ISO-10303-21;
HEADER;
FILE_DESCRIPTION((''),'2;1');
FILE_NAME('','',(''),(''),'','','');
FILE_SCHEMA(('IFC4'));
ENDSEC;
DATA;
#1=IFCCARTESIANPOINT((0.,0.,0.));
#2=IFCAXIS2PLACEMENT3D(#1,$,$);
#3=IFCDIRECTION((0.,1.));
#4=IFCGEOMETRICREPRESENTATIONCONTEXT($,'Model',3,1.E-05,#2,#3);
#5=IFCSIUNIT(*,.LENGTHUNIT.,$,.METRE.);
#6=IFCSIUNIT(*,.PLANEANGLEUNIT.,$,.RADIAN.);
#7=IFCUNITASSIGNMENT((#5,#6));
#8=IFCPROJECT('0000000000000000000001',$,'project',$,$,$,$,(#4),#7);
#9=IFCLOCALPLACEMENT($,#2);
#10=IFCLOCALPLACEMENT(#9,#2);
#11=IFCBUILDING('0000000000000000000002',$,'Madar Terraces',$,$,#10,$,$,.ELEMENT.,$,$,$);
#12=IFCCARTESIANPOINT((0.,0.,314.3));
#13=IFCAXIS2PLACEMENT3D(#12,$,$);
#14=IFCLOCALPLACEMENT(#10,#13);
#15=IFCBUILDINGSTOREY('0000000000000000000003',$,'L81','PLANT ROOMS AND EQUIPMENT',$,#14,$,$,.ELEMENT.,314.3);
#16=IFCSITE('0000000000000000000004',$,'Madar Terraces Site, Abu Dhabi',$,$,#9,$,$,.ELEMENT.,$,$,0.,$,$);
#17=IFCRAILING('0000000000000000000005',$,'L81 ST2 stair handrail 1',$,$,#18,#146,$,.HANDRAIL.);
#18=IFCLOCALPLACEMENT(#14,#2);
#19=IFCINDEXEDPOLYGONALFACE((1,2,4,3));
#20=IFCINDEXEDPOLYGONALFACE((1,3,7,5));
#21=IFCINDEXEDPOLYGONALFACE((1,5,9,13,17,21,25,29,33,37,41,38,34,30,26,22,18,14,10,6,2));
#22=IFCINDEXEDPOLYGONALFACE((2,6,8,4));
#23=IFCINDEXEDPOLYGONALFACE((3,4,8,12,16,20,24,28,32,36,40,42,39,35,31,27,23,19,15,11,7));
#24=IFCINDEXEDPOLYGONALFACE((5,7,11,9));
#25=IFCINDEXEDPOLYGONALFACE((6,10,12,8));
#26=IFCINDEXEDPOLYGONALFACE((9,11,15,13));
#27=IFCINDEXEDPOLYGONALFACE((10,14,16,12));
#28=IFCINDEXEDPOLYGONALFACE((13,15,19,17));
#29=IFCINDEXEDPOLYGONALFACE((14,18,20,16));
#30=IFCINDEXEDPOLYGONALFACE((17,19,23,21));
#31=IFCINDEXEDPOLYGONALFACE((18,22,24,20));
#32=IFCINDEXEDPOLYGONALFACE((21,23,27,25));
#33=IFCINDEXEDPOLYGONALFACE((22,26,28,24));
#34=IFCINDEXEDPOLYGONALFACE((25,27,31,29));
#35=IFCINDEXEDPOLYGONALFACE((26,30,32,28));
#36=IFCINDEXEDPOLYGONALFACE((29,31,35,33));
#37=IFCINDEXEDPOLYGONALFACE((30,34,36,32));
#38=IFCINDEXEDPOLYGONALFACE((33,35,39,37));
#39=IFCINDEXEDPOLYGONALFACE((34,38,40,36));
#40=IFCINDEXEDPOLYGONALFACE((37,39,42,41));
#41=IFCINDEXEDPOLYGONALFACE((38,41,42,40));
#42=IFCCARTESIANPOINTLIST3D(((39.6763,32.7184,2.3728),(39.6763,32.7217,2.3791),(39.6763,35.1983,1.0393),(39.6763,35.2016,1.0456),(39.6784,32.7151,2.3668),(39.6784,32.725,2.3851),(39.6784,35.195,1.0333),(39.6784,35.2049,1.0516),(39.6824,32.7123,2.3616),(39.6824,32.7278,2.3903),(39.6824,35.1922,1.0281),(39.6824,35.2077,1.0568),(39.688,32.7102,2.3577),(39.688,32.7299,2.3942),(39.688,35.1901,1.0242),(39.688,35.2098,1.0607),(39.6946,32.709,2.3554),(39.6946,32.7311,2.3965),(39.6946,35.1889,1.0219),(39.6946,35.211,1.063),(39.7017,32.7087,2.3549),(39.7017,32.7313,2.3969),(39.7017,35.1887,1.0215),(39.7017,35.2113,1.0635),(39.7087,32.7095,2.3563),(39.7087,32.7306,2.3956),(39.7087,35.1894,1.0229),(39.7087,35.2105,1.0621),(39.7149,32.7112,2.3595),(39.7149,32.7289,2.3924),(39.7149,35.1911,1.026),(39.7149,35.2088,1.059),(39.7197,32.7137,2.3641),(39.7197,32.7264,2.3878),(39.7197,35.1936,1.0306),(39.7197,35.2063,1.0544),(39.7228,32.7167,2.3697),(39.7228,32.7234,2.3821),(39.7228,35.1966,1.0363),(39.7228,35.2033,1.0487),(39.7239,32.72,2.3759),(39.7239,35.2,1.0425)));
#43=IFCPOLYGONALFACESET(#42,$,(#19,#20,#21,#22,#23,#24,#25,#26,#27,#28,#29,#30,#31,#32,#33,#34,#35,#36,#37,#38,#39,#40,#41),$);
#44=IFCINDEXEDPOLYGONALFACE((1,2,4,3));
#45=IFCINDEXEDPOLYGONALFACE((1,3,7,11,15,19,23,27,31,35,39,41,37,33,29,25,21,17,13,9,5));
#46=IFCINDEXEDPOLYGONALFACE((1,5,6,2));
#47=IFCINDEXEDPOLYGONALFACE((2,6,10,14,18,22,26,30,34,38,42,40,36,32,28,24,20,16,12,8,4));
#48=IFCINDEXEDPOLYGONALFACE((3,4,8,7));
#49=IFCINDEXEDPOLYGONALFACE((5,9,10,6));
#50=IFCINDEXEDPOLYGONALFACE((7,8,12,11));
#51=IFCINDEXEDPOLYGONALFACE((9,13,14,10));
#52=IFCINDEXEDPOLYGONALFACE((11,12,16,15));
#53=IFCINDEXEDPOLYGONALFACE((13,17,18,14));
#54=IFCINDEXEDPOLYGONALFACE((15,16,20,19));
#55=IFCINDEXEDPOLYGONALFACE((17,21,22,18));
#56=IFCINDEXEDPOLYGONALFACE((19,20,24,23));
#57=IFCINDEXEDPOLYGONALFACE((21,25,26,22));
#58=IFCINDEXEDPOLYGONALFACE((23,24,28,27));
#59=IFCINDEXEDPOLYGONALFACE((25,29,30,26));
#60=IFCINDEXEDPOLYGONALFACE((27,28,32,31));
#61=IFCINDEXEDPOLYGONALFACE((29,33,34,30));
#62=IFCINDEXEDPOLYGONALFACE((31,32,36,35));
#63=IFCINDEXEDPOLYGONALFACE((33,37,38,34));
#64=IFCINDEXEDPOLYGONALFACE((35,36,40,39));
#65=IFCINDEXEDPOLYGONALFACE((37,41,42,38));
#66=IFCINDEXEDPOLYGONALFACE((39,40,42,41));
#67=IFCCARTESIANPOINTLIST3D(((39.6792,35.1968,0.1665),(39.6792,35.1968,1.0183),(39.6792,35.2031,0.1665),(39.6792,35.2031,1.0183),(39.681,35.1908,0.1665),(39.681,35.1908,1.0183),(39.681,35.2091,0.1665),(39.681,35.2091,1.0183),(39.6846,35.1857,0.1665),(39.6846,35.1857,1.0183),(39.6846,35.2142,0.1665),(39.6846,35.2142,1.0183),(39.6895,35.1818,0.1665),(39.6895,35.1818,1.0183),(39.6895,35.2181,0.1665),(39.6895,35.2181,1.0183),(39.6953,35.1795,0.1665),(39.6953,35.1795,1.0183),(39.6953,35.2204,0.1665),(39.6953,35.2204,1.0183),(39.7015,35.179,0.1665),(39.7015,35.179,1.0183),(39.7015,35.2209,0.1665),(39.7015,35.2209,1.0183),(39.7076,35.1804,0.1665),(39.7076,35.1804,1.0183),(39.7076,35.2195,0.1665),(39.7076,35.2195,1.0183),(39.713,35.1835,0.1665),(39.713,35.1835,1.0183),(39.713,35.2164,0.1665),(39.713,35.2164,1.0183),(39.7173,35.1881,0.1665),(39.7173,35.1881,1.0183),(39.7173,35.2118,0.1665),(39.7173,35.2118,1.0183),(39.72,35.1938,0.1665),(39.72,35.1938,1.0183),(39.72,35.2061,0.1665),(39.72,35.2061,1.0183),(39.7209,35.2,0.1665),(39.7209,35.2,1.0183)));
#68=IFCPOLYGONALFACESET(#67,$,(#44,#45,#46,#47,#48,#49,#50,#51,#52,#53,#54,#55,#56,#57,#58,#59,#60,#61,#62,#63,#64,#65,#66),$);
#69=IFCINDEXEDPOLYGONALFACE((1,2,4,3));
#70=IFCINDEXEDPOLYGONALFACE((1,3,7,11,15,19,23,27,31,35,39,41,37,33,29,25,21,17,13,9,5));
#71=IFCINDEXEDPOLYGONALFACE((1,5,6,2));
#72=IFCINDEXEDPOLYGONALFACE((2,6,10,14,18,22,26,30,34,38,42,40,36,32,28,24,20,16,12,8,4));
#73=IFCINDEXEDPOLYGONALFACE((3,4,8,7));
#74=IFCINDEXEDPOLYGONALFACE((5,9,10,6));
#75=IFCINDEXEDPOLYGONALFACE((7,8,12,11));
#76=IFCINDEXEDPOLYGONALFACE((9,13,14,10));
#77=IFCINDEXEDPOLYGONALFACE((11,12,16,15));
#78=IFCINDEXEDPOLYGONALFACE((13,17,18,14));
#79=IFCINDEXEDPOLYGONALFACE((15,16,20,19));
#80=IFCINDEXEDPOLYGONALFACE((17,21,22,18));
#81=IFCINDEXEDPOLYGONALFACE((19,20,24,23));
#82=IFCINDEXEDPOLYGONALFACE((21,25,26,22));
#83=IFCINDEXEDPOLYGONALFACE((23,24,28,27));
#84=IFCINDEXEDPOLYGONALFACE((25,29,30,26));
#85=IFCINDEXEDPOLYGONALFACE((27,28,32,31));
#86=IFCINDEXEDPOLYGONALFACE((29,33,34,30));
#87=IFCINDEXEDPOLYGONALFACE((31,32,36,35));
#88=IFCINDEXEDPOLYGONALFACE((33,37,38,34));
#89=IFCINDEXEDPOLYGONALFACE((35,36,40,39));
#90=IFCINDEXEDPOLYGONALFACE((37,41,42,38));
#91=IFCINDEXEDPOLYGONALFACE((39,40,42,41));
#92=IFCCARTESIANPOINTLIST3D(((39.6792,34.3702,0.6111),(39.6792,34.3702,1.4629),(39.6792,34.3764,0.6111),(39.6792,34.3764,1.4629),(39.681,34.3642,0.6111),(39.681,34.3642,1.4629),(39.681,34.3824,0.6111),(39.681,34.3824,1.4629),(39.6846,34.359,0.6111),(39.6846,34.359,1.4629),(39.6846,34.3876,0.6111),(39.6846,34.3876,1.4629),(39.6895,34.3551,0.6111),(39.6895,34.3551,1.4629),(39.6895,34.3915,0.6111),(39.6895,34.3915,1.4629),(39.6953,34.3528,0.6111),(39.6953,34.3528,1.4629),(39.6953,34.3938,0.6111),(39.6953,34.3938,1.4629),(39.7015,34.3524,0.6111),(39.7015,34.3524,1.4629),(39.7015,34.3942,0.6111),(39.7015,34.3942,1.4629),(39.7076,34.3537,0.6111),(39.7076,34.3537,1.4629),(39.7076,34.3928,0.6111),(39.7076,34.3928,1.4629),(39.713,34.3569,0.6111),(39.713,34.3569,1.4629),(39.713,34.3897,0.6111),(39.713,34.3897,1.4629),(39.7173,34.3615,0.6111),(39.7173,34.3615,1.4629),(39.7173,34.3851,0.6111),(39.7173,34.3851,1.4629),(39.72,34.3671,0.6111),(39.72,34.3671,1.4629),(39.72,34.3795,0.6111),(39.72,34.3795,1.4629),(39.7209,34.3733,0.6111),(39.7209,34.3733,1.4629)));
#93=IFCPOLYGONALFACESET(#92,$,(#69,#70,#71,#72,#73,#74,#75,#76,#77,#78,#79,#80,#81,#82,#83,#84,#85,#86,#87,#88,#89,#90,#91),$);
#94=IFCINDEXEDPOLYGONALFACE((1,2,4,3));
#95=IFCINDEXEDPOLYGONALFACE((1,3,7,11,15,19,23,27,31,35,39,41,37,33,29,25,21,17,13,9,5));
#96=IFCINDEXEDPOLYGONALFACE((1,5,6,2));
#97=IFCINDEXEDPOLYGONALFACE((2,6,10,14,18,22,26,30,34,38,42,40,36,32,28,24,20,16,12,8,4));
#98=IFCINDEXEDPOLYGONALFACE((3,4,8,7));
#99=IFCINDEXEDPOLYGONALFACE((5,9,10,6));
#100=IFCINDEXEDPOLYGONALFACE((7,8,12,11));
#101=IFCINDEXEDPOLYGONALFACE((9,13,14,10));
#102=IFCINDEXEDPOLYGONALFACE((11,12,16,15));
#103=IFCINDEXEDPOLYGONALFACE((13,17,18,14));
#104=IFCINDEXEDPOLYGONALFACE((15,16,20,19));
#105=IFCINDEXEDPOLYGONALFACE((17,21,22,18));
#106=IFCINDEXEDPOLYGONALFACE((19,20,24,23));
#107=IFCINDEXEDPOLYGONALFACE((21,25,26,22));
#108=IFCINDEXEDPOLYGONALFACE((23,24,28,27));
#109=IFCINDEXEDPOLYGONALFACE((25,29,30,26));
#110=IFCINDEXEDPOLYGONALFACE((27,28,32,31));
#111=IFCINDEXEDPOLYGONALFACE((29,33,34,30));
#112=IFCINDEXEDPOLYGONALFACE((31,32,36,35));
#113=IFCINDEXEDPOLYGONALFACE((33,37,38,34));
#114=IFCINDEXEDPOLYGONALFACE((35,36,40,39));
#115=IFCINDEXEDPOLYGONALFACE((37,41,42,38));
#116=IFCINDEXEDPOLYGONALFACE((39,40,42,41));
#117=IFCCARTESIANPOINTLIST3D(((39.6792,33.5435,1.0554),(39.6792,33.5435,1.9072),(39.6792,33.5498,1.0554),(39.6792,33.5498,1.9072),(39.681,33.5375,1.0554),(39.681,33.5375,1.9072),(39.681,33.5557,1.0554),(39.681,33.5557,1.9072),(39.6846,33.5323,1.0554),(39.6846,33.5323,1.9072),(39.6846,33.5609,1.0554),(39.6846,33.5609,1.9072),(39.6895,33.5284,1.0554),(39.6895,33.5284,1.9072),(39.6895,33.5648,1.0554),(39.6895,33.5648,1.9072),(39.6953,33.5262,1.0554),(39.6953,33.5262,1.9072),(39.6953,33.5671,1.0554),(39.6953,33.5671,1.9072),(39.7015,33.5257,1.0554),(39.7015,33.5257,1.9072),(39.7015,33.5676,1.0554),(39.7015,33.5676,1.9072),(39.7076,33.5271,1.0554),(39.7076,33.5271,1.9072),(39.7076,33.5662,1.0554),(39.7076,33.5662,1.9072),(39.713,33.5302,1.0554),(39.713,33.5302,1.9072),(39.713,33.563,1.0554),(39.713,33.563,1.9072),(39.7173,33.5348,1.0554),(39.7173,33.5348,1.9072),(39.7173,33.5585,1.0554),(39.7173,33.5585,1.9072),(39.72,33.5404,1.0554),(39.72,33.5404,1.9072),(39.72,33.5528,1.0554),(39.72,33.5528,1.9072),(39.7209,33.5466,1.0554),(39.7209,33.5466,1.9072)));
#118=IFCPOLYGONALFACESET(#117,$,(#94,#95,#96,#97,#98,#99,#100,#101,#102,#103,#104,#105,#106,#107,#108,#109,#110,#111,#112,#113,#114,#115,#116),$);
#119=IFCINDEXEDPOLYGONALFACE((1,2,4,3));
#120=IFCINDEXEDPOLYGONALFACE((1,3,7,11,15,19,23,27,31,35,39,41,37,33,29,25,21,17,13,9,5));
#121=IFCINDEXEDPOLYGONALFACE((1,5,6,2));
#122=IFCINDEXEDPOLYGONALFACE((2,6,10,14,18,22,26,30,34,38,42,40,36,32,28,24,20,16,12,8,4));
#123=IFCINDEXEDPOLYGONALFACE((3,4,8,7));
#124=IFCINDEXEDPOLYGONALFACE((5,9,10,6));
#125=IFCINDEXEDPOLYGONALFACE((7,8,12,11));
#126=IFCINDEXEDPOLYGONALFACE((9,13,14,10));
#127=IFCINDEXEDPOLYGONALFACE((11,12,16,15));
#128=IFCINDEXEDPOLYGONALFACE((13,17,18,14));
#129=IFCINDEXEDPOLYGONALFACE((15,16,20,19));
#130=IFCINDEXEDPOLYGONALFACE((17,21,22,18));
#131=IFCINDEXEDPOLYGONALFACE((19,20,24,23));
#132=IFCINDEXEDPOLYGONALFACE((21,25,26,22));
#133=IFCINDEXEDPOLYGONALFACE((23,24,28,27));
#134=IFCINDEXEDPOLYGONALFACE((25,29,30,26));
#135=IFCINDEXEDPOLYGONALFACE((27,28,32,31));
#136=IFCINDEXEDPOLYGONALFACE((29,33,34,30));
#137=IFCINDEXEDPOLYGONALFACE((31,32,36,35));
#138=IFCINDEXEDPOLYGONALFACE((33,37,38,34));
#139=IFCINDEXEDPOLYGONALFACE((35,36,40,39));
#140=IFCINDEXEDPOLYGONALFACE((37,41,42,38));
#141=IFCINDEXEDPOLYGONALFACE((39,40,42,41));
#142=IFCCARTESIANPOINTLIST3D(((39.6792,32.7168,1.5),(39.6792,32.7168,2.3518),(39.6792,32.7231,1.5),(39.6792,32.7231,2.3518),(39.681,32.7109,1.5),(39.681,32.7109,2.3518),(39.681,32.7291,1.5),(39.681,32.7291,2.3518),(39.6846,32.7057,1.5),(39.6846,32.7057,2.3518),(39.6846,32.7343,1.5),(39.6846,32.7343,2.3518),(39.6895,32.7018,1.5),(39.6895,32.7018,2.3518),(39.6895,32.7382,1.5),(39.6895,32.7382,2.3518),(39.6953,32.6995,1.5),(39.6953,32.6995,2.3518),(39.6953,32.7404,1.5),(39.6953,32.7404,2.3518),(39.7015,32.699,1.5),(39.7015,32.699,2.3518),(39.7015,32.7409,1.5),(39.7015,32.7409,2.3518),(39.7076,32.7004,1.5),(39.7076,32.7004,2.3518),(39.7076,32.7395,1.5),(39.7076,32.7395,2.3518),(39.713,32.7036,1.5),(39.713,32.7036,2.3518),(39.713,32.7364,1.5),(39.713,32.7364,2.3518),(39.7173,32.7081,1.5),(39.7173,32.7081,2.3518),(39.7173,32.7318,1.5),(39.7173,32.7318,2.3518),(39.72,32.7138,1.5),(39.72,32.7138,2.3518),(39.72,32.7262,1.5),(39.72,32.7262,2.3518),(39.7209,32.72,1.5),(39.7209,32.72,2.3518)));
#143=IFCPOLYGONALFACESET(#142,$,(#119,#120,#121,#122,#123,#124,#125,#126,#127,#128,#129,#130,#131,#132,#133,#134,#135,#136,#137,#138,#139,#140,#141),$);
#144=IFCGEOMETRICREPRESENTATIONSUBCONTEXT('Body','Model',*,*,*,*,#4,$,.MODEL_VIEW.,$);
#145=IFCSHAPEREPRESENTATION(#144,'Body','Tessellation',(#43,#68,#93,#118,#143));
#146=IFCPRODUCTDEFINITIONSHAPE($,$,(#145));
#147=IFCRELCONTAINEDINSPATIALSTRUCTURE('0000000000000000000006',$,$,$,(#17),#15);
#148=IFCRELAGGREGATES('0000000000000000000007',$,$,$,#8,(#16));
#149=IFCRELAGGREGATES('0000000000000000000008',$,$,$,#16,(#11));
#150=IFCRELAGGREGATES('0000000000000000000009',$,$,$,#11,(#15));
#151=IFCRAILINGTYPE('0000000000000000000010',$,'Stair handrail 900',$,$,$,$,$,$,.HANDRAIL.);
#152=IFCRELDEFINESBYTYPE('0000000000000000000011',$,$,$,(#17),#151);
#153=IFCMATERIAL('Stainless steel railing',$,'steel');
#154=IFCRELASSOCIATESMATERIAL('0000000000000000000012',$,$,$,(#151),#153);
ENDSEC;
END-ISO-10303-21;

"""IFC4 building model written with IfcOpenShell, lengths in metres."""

from ifc_helpers import new_model, si_unit, direction, frame, origin, origin_2d, place, context, subcontext, project, spatial, circle, extrude, material, type_object, element, save


model = new_model("IFC4")

# Units and contexts
model_context = context("Model", 3, precision=1e-05, world=origin(), true_north=direction((0.0, 1.0)))
body_context = subcontext(model_context, "Body", "Model", "MODEL_VIEW")
ifc_project = project(units=[si_unit("LENGTHUNIT", "METRE"), si_unit("PLANEANGLEUNIT", "RADIAN")], contexts=[model_context])

# Site, building, storey
site_placement = place(None, origin())
site = spatial("IfcSite", under=ifc_project, at=site_placement, Name="Madar Terraces Site, Abu Dhabi", CompositionType="ELEMENT", RefElevation=0.0)
building_placement = place(site_placement, origin())
building = spatial("IfcBuilding", under=site, at=building_placement, Name="Madar Terraces", CompositionType="ELEMENT")
storey_placement = place(building_placement, frame((0.0, 0.0, 314.3)))
storey = spatial("IfcBuildingStorey", under=building, at=storey_placement, Name="L81", Description="PLANT ROOMS AND EQUIPMENT", CompositionType="ELEMENT", Elevation=314.3)

# Railing
ifc_material_1 = material(Name="Stainless steel railing", Category="steel")
railing_type_1 = type_object("IfcRailingType", Name="Stair handrail 900", PredefinedType="HANDRAIL", material=ifc_material_1)
railing_1_placement = place(storey_placement, frame((39.7, 35.2, 0.1665)))
element("IfcRailing", 1, at=railing_1_placement, inside=storey, type_object=railing_type_1, Name="L81 ST2 stair handrail 1", PredefinedType="HANDRAIL", context=body_context, shape_type="SweptSolid", body=[
    extrude(circle(Radius=0.0239, at=origin_2d()), frame((0.0, 0.0, 0.876), z_axis=(0.0, -0.880749, 0.473583), x_axis=(1.0, 0.0, 0.0)), (0.0, 0.0, 1.0), 2.8157),
    extrude(circle(Radius=0.021, at=origin_2d()), origin(), (0.0, 0.0, 1.0), 0.8518),
    extrude(circle(Radius=0.021, at=origin_2d()), frame((0.0, -0.8267, 0.4446)), (0.0, 0.0, 1.0), 0.8518),
    extrude(circle(Radius=0.021, at=origin_2d()), frame((0.0, -1.6533, 0.8889)), (0.0, 0.0, 1.0), 0.8518),
    extrude(circle(Radius=0.021, at=origin_2d()), frame((0.0, -2.48, 1.3335)), (0.0, 0.0, 1.0), 0.8518),
])

save(model, "model.ifc")
